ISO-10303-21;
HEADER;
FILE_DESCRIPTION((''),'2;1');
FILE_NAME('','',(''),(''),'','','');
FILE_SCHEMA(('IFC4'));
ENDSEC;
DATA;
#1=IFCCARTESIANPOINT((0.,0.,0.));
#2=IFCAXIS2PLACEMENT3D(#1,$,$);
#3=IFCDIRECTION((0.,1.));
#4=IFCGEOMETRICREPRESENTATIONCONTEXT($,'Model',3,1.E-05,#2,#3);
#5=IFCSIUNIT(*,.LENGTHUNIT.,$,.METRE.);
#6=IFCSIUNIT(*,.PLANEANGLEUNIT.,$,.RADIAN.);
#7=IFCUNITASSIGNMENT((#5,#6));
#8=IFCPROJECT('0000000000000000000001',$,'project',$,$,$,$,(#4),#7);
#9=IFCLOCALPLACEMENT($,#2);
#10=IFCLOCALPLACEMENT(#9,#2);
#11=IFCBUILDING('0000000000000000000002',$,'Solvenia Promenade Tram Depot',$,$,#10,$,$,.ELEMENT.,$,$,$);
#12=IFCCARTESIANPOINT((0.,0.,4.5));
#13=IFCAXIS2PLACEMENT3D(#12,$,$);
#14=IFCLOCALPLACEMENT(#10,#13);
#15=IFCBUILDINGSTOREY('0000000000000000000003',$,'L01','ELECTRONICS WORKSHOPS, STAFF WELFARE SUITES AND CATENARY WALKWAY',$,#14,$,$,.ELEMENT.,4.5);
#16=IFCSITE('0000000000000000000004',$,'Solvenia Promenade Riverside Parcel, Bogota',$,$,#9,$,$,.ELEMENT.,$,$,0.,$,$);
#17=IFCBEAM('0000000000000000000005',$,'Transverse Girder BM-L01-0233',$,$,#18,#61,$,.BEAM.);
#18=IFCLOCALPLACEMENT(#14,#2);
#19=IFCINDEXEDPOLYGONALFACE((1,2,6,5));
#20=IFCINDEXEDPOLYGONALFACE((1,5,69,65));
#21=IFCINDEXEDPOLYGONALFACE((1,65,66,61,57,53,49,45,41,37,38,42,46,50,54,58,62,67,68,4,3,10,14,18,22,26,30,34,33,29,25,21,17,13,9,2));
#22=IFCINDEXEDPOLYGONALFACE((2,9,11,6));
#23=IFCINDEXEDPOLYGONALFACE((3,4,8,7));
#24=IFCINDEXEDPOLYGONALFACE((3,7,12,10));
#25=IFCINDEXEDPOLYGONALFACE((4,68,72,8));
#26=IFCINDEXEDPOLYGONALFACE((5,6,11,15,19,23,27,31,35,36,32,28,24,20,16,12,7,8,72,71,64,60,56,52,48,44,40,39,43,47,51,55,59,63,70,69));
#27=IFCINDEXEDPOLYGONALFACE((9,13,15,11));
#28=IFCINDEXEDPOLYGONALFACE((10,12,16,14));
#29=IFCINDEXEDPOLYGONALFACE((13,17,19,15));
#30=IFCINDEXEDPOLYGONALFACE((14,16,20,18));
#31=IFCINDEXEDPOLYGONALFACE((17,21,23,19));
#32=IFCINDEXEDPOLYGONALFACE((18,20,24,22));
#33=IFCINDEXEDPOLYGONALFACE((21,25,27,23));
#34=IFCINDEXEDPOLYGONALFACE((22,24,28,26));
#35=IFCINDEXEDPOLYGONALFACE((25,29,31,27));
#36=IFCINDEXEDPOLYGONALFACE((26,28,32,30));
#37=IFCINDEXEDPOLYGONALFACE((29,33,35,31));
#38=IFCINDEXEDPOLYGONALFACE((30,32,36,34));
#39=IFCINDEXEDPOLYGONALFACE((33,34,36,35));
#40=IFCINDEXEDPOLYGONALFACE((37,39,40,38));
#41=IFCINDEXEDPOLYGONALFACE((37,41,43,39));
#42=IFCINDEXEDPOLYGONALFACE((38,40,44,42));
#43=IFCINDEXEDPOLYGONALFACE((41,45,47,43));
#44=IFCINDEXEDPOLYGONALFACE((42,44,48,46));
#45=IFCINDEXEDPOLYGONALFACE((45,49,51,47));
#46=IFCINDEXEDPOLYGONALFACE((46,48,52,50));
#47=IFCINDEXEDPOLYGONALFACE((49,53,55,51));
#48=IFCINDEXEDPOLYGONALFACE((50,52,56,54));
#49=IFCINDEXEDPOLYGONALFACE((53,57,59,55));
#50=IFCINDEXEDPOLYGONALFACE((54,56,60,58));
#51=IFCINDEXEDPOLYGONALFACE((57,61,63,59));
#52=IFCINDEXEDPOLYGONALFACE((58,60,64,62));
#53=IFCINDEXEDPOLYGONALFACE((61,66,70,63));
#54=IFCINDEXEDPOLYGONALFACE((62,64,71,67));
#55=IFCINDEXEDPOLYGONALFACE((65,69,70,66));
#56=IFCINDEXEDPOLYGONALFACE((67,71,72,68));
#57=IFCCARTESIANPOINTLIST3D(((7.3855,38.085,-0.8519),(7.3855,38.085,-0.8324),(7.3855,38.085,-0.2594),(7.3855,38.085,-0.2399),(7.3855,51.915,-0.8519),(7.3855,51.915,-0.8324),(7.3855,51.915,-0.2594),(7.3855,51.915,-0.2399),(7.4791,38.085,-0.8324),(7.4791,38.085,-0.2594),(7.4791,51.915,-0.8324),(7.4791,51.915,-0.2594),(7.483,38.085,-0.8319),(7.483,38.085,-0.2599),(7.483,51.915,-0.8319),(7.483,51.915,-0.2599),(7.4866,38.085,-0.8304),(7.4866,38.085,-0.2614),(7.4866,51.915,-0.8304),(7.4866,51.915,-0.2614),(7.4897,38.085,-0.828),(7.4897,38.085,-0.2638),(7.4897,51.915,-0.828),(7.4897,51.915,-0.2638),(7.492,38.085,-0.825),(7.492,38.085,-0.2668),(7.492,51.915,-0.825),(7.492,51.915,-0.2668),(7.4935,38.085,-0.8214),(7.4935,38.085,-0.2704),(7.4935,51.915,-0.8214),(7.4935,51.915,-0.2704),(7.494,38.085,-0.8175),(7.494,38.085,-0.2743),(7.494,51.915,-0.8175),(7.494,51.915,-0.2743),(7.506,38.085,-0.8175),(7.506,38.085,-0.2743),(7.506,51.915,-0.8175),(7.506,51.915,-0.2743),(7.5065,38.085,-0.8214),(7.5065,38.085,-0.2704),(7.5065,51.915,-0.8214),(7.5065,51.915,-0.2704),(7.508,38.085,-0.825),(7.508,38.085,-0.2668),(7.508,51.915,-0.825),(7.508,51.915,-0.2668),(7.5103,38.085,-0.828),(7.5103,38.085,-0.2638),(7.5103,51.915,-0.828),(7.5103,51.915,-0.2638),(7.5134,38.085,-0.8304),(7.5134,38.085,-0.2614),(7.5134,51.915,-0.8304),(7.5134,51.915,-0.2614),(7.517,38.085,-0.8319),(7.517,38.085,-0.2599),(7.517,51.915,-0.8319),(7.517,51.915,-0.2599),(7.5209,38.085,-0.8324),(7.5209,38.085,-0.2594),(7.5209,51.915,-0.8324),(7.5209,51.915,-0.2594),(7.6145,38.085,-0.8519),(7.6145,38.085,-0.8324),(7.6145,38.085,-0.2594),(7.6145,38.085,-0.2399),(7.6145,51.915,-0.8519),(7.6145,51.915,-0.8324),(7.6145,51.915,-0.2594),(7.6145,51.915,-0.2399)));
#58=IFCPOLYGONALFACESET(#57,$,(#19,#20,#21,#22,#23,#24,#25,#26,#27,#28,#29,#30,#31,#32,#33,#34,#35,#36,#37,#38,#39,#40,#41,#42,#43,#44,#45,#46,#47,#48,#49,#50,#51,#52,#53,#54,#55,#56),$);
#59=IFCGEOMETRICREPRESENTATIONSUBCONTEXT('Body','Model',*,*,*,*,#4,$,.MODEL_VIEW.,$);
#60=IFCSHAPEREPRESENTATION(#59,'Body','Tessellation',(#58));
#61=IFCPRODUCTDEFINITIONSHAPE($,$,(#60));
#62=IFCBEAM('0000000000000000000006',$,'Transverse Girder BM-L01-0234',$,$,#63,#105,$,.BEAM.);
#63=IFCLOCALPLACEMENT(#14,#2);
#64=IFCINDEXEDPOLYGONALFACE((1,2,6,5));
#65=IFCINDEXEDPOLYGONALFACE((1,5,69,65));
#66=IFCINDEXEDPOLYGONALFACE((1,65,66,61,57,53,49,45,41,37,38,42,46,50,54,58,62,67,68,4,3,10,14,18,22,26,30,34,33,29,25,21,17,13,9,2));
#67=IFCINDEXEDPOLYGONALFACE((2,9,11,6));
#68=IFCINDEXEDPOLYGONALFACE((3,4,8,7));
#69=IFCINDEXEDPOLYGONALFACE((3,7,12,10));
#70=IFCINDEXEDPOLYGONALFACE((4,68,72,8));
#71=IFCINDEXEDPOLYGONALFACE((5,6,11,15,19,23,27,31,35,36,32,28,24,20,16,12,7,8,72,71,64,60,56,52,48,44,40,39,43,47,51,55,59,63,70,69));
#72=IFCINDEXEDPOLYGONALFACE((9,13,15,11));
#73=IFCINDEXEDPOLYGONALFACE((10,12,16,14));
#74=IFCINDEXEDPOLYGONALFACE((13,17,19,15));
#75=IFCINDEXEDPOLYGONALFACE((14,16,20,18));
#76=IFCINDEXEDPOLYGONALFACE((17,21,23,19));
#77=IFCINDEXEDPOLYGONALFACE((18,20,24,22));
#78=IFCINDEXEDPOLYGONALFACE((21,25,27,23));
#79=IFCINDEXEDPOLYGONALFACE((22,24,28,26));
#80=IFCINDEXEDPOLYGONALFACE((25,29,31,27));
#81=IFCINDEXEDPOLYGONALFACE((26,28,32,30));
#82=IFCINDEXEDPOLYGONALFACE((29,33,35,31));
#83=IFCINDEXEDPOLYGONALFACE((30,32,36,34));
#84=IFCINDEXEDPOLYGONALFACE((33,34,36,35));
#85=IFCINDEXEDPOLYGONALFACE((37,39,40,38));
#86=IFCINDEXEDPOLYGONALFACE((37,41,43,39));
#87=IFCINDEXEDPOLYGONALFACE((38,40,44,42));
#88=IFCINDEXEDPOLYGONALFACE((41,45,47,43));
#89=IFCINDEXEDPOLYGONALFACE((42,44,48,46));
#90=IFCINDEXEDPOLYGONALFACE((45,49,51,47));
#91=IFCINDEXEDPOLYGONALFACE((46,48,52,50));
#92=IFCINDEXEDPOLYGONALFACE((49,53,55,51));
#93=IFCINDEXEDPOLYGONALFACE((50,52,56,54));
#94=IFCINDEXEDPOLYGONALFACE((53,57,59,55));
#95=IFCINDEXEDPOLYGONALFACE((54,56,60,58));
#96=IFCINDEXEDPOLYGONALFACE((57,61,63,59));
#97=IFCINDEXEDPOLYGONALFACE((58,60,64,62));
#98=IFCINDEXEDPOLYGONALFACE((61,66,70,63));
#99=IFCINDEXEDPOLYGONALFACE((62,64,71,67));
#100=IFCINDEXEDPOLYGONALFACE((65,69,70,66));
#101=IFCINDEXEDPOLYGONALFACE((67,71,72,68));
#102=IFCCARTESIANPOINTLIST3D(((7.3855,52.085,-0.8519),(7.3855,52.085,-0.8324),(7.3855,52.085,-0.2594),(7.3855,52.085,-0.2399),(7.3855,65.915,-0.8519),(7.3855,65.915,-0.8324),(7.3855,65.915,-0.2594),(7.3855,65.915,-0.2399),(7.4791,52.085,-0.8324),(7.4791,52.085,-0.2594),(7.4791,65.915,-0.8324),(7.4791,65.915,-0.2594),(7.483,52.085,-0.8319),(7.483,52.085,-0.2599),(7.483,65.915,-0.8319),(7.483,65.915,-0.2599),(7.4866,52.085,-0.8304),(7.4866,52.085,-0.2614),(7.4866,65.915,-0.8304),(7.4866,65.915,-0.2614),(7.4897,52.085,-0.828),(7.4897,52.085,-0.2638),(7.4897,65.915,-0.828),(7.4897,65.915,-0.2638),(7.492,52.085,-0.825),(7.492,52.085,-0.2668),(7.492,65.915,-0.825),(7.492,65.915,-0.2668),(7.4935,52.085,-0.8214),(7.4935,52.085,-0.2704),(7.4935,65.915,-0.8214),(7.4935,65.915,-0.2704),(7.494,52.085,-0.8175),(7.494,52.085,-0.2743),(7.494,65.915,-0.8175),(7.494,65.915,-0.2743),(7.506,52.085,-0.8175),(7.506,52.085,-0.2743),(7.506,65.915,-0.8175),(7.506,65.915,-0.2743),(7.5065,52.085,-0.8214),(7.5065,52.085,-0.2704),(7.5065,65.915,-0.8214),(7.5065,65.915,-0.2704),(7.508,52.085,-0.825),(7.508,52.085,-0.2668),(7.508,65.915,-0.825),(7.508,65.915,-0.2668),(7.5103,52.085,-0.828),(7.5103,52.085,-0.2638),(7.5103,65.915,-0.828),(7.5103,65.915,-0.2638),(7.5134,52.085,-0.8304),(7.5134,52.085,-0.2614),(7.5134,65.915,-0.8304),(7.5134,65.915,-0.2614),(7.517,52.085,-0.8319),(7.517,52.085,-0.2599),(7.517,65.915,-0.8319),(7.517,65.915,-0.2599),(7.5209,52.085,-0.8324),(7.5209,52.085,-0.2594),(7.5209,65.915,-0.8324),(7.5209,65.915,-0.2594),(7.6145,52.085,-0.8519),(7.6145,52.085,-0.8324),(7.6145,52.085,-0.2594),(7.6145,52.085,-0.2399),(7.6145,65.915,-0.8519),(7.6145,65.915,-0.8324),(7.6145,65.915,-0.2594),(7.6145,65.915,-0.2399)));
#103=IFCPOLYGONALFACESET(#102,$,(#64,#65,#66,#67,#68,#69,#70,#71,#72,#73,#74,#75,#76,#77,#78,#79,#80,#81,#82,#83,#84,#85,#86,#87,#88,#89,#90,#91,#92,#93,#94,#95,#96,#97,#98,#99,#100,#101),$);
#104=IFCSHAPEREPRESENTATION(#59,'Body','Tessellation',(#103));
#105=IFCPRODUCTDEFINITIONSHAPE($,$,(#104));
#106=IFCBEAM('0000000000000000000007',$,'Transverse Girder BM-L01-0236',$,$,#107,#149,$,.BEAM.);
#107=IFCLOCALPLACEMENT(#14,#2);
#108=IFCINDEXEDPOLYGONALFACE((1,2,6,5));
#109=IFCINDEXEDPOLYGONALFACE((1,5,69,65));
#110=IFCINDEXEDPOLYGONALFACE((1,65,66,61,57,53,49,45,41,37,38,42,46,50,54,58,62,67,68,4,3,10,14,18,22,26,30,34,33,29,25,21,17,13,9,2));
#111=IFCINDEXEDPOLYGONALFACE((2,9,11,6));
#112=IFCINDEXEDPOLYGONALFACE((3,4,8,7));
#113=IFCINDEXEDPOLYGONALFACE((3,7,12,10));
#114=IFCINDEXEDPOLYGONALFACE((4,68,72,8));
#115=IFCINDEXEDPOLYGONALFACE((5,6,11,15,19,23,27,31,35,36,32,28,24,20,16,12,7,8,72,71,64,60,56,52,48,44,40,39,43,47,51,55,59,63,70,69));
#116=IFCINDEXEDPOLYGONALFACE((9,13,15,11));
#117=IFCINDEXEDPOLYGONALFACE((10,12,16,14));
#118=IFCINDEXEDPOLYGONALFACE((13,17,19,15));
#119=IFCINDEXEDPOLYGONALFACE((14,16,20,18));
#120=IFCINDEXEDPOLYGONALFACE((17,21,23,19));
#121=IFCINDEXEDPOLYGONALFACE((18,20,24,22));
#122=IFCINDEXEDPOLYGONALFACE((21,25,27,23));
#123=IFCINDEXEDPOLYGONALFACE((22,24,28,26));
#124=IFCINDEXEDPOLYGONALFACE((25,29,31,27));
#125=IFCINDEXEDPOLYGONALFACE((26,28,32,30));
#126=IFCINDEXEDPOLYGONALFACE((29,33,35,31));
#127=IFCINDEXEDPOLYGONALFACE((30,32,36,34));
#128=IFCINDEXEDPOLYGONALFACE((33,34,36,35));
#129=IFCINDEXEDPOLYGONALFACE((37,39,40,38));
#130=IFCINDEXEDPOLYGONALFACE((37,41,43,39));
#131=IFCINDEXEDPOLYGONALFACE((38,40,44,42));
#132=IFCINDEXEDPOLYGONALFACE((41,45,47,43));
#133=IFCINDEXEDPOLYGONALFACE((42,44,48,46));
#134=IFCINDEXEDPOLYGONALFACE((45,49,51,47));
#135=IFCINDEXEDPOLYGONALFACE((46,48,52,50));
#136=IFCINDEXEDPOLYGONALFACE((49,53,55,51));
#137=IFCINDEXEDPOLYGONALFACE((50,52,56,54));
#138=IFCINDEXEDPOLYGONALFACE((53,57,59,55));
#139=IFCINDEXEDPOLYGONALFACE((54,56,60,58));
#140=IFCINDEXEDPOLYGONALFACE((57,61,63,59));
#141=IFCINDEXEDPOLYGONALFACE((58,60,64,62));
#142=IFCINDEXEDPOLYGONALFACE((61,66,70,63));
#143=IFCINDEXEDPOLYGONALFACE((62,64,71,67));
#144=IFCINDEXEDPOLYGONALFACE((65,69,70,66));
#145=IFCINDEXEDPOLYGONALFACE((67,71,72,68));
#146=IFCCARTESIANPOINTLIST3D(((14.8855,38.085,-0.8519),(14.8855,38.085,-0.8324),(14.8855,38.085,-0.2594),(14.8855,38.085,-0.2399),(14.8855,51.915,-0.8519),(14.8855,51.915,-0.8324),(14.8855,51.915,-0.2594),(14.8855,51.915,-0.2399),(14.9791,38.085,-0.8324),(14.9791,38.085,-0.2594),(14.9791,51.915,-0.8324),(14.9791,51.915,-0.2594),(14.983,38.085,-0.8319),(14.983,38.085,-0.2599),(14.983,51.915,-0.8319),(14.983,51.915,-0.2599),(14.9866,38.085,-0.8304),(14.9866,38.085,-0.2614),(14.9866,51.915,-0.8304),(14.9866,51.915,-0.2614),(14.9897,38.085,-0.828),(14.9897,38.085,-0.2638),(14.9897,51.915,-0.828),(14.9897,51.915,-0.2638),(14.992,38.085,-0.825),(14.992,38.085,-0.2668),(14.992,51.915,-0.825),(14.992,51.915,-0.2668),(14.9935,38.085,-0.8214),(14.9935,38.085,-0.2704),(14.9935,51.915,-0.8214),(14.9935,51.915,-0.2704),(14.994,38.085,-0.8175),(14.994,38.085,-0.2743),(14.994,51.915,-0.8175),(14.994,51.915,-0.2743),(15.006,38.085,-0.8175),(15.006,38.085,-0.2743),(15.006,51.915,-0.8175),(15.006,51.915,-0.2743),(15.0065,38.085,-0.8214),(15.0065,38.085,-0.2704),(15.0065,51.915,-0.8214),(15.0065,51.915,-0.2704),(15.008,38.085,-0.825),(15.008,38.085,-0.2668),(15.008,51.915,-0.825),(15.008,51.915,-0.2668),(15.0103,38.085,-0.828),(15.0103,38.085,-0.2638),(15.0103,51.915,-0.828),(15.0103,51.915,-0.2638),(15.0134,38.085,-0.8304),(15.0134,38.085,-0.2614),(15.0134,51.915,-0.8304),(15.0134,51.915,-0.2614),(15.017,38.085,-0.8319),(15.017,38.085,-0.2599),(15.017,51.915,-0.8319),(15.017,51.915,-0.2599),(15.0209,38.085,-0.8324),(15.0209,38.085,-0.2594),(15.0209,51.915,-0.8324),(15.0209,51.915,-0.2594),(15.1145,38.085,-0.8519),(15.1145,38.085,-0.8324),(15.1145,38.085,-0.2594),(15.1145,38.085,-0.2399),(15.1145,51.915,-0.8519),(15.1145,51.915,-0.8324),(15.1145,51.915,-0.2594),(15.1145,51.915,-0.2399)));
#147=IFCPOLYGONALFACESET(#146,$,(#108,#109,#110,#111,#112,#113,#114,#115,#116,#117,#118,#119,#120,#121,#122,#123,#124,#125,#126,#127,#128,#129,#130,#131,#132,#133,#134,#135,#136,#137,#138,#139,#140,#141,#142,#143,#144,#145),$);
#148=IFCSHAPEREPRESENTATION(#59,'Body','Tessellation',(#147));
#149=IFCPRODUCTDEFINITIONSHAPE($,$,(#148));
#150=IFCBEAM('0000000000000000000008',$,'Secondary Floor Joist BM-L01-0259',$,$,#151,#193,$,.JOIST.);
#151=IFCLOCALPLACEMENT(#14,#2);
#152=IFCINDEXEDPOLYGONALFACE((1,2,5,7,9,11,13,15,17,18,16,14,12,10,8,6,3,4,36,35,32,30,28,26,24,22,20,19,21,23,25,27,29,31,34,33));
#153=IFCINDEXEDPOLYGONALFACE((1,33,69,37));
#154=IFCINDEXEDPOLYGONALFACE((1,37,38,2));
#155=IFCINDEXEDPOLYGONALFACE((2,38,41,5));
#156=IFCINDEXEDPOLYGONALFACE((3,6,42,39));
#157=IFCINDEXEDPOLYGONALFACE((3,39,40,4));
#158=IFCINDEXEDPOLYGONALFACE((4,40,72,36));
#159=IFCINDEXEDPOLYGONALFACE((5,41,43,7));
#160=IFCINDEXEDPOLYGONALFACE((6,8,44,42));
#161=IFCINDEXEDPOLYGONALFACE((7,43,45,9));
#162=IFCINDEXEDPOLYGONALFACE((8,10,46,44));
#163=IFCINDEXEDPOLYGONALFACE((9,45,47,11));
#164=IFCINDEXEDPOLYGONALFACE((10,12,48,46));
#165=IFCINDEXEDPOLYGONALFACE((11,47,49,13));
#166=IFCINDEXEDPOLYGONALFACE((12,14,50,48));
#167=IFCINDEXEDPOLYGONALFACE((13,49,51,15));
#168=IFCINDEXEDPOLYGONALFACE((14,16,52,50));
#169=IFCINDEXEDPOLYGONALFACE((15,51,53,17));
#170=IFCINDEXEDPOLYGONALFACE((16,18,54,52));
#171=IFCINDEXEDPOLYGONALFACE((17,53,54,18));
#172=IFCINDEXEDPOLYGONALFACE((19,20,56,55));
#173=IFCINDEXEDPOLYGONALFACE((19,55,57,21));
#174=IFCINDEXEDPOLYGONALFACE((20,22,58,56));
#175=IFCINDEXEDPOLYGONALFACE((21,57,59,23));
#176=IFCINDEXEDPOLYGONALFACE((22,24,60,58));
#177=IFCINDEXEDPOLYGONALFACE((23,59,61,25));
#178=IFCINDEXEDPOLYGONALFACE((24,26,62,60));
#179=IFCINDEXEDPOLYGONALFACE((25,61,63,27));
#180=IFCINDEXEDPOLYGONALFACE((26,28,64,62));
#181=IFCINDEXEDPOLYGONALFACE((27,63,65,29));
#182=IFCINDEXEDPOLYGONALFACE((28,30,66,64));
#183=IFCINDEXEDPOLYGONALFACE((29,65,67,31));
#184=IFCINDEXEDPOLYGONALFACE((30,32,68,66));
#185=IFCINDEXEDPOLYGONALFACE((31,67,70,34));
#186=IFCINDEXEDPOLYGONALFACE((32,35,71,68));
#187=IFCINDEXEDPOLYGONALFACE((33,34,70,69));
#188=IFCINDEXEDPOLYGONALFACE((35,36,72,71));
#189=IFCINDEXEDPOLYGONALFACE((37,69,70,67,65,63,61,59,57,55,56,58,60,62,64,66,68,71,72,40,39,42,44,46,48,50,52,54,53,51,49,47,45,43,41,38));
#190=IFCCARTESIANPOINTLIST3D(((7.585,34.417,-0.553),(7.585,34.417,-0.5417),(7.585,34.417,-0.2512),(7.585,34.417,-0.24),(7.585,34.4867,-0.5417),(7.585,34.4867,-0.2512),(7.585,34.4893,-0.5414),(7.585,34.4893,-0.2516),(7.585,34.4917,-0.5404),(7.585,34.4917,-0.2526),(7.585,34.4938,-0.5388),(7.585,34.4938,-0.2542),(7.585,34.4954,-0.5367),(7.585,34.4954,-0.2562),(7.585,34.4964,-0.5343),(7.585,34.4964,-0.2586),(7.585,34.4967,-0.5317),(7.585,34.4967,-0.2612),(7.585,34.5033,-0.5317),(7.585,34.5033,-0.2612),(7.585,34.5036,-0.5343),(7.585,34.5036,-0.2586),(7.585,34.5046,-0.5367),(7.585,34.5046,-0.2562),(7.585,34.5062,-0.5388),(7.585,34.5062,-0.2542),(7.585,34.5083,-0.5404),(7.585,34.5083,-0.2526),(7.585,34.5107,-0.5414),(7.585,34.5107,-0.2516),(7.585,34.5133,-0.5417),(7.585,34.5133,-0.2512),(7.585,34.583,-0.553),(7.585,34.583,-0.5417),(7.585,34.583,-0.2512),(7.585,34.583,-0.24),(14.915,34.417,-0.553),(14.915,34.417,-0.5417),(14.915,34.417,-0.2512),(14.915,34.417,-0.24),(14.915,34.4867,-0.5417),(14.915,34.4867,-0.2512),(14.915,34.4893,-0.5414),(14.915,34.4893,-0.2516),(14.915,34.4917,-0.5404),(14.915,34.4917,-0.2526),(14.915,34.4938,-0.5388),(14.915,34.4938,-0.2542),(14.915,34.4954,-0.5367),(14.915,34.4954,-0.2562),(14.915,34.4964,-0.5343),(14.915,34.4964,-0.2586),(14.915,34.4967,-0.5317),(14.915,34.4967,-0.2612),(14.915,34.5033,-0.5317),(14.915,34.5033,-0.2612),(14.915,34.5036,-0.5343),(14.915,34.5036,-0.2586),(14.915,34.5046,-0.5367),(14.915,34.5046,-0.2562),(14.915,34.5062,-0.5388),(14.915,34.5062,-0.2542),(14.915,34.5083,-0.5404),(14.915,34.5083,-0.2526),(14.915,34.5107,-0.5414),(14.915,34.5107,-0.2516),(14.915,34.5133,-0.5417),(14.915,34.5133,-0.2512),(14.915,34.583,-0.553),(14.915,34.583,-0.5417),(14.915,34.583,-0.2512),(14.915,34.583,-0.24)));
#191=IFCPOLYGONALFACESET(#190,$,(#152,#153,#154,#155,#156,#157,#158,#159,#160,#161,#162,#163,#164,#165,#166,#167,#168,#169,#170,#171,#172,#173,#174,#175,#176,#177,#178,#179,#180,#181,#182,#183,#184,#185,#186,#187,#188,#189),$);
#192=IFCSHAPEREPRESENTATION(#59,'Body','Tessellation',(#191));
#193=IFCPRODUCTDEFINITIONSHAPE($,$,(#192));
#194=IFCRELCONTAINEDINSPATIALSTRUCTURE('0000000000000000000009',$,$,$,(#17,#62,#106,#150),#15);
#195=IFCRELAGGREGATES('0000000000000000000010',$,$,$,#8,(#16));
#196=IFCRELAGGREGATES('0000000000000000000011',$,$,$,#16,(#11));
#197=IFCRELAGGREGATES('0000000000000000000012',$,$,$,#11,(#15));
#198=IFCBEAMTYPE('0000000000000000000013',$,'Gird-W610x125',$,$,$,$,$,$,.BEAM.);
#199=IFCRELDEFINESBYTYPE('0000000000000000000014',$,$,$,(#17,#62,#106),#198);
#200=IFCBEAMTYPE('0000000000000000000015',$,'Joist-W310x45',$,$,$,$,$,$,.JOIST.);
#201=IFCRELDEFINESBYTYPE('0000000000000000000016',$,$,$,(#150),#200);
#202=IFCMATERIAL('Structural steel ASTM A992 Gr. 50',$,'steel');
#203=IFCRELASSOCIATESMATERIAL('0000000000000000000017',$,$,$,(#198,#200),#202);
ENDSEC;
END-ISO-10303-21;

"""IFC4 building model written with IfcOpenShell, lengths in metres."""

from ifc_helpers import new_model, si_unit, direction, frame, origin, origin_2d, place, context, subcontext, project, spatial, i_section, extrude, material, material_profile, profile_set, type_object, element, save


model = new_model("IFC4")

# Units and contexts
model_context = context("Model", 3, precision=1e-05, world=origin(), true_north=direction((0.0, 1.0)))
body_context = subcontext(model_context, "Body", "Model", "MODEL_VIEW")
ifc_project = project(units=[si_unit("LENGTHUNIT", "METRE"), si_unit("PLANEANGLEUNIT", "RADIAN")], contexts=[model_context])

# Site, building, storey
site_placement = place(None, origin())
site = spatial("IfcSite", under=ifc_project, at=site_placement, Name="Solvenia Promenade Riverside Parcel, Bogota", CompositionType="ELEMENT", RefElevation=0.0)
building_placement = place(site_placement, origin())
building = spatial("IfcBuilding", under=site, at=building_placement, Name="Solvenia Promenade Tram Depot", CompositionType="ELEMENT")
storey_placement = place(building_placement, frame((0.0, 0.0, 4.5)))
storey = spatial("IfcBuildingStorey", under=building, at=storey_placement, Name="L01", Description="ELECTRONICS WORKSHOPS, STAFF WELFARE SUITES AND CATENARY WALKWAY", CompositionType="ELEMENT", Elevation=4.5)

# Shared definitions
ifc_material_1 = material(Name="Structural steel ASTM A992 Gr. 50", Category="steel")

# Beams
ifc_material_profile_1 = material_profile(ifc_material_1, i_section(OverallWidth=0.229, OverallDepth=0.6121, WebThickness=0.012, FlangeThickness=0.0195, FilletRadius=0.0149, at=origin_2d()), Name="W610x125", Category="steel")
ifc_profile_set_1 = profile_set([ifc_material_profile_1], Name="Structural steel ASTM A992 Gr. 50")
beam_type_1 = type_object("IfcBeamType", Name="Gird-W610x125", PredefinedType="BEAM", material=ifc_profile_set_1)
for number, where, z_axis, x_axis, name in (
    (1, (7.5, 38.085, -0.5459), (0.0, 1.0, 0.0), (-1.0, 0.0, 0.0), "Transverse Girder BM-L01-0233"),
    (2, (7.5, 52.085, -0.5459), (0.0, 1.0, 0.0), (-1.0, 0.0, 0.0), "Transverse Girder BM-L01-0234"),
    (3, (15.0, 38.085, -0.5459), (0.0, 1.0, 0.0), (-1.0, 0.0, 0.0), "Transverse Girder BM-L01-0236"),
):
    element("IfcBeam", number, at=place(storey_placement, frame(where, z_axis=z_axis, x_axis=x_axis)), inside=storey, type_object=beam_type_1, Name=name, PredefinedType="BEAM", context=body_context, shape_type="SweptSolid", body=[
        extrude(i_section(OverallWidth=0.229, OverallDepth=0.6121, WebThickness=0.012, FlangeThickness=0.0195, FilletRadius=0.0149, at=origin_2d()), origin(), (0.0, 0.0, 1.0), 13.8301),
    ])
ifc_material_profile_2 = material_profile(ifc_material_1, i_section(OverallWidth=0.166, OverallDepth=0.313, WebThickness=0.0066, FlangeThickness=0.0112, FilletRadius=0.01, at=origin_2d()), Name="W310x45", Category="steel")
ifc_profile_set_2 = profile_set([ifc_material_profile_2], Name="Structural steel ASTM A992 Gr. 50")
beam_type_2 = type_object("IfcBeamType", Name="Joist-W310x45", PredefinedType="JOIST", material=ifc_profile_set_2)
for number, where, z_axis, x_axis, name in (
    (4, (7.585, 34.5, -0.3965), (1.0, 0.0, 0.0), (0.0, 1.0, 0.0), "Secondary Floor Joist BM-L01-0259"),
):
    element("IfcBeam", number, at=place(storey_placement, frame(where, z_axis=z_axis, x_axis=x_axis)), inside=storey, type_object=beam_type_2, Name=name, PredefinedType="JOIST", context=body_context, shape_type="SweptSolid", body=[
        extrude(i_section(OverallWidth=0.166, OverallDepth=0.313, WebThickness=0.0066, FlangeThickness=0.0112, FilletRadius=0.01, at=origin_2d()), origin(), (0.0, 0.0, 1.0), 7.3301),
    ])

save(model, "model.ifc")
